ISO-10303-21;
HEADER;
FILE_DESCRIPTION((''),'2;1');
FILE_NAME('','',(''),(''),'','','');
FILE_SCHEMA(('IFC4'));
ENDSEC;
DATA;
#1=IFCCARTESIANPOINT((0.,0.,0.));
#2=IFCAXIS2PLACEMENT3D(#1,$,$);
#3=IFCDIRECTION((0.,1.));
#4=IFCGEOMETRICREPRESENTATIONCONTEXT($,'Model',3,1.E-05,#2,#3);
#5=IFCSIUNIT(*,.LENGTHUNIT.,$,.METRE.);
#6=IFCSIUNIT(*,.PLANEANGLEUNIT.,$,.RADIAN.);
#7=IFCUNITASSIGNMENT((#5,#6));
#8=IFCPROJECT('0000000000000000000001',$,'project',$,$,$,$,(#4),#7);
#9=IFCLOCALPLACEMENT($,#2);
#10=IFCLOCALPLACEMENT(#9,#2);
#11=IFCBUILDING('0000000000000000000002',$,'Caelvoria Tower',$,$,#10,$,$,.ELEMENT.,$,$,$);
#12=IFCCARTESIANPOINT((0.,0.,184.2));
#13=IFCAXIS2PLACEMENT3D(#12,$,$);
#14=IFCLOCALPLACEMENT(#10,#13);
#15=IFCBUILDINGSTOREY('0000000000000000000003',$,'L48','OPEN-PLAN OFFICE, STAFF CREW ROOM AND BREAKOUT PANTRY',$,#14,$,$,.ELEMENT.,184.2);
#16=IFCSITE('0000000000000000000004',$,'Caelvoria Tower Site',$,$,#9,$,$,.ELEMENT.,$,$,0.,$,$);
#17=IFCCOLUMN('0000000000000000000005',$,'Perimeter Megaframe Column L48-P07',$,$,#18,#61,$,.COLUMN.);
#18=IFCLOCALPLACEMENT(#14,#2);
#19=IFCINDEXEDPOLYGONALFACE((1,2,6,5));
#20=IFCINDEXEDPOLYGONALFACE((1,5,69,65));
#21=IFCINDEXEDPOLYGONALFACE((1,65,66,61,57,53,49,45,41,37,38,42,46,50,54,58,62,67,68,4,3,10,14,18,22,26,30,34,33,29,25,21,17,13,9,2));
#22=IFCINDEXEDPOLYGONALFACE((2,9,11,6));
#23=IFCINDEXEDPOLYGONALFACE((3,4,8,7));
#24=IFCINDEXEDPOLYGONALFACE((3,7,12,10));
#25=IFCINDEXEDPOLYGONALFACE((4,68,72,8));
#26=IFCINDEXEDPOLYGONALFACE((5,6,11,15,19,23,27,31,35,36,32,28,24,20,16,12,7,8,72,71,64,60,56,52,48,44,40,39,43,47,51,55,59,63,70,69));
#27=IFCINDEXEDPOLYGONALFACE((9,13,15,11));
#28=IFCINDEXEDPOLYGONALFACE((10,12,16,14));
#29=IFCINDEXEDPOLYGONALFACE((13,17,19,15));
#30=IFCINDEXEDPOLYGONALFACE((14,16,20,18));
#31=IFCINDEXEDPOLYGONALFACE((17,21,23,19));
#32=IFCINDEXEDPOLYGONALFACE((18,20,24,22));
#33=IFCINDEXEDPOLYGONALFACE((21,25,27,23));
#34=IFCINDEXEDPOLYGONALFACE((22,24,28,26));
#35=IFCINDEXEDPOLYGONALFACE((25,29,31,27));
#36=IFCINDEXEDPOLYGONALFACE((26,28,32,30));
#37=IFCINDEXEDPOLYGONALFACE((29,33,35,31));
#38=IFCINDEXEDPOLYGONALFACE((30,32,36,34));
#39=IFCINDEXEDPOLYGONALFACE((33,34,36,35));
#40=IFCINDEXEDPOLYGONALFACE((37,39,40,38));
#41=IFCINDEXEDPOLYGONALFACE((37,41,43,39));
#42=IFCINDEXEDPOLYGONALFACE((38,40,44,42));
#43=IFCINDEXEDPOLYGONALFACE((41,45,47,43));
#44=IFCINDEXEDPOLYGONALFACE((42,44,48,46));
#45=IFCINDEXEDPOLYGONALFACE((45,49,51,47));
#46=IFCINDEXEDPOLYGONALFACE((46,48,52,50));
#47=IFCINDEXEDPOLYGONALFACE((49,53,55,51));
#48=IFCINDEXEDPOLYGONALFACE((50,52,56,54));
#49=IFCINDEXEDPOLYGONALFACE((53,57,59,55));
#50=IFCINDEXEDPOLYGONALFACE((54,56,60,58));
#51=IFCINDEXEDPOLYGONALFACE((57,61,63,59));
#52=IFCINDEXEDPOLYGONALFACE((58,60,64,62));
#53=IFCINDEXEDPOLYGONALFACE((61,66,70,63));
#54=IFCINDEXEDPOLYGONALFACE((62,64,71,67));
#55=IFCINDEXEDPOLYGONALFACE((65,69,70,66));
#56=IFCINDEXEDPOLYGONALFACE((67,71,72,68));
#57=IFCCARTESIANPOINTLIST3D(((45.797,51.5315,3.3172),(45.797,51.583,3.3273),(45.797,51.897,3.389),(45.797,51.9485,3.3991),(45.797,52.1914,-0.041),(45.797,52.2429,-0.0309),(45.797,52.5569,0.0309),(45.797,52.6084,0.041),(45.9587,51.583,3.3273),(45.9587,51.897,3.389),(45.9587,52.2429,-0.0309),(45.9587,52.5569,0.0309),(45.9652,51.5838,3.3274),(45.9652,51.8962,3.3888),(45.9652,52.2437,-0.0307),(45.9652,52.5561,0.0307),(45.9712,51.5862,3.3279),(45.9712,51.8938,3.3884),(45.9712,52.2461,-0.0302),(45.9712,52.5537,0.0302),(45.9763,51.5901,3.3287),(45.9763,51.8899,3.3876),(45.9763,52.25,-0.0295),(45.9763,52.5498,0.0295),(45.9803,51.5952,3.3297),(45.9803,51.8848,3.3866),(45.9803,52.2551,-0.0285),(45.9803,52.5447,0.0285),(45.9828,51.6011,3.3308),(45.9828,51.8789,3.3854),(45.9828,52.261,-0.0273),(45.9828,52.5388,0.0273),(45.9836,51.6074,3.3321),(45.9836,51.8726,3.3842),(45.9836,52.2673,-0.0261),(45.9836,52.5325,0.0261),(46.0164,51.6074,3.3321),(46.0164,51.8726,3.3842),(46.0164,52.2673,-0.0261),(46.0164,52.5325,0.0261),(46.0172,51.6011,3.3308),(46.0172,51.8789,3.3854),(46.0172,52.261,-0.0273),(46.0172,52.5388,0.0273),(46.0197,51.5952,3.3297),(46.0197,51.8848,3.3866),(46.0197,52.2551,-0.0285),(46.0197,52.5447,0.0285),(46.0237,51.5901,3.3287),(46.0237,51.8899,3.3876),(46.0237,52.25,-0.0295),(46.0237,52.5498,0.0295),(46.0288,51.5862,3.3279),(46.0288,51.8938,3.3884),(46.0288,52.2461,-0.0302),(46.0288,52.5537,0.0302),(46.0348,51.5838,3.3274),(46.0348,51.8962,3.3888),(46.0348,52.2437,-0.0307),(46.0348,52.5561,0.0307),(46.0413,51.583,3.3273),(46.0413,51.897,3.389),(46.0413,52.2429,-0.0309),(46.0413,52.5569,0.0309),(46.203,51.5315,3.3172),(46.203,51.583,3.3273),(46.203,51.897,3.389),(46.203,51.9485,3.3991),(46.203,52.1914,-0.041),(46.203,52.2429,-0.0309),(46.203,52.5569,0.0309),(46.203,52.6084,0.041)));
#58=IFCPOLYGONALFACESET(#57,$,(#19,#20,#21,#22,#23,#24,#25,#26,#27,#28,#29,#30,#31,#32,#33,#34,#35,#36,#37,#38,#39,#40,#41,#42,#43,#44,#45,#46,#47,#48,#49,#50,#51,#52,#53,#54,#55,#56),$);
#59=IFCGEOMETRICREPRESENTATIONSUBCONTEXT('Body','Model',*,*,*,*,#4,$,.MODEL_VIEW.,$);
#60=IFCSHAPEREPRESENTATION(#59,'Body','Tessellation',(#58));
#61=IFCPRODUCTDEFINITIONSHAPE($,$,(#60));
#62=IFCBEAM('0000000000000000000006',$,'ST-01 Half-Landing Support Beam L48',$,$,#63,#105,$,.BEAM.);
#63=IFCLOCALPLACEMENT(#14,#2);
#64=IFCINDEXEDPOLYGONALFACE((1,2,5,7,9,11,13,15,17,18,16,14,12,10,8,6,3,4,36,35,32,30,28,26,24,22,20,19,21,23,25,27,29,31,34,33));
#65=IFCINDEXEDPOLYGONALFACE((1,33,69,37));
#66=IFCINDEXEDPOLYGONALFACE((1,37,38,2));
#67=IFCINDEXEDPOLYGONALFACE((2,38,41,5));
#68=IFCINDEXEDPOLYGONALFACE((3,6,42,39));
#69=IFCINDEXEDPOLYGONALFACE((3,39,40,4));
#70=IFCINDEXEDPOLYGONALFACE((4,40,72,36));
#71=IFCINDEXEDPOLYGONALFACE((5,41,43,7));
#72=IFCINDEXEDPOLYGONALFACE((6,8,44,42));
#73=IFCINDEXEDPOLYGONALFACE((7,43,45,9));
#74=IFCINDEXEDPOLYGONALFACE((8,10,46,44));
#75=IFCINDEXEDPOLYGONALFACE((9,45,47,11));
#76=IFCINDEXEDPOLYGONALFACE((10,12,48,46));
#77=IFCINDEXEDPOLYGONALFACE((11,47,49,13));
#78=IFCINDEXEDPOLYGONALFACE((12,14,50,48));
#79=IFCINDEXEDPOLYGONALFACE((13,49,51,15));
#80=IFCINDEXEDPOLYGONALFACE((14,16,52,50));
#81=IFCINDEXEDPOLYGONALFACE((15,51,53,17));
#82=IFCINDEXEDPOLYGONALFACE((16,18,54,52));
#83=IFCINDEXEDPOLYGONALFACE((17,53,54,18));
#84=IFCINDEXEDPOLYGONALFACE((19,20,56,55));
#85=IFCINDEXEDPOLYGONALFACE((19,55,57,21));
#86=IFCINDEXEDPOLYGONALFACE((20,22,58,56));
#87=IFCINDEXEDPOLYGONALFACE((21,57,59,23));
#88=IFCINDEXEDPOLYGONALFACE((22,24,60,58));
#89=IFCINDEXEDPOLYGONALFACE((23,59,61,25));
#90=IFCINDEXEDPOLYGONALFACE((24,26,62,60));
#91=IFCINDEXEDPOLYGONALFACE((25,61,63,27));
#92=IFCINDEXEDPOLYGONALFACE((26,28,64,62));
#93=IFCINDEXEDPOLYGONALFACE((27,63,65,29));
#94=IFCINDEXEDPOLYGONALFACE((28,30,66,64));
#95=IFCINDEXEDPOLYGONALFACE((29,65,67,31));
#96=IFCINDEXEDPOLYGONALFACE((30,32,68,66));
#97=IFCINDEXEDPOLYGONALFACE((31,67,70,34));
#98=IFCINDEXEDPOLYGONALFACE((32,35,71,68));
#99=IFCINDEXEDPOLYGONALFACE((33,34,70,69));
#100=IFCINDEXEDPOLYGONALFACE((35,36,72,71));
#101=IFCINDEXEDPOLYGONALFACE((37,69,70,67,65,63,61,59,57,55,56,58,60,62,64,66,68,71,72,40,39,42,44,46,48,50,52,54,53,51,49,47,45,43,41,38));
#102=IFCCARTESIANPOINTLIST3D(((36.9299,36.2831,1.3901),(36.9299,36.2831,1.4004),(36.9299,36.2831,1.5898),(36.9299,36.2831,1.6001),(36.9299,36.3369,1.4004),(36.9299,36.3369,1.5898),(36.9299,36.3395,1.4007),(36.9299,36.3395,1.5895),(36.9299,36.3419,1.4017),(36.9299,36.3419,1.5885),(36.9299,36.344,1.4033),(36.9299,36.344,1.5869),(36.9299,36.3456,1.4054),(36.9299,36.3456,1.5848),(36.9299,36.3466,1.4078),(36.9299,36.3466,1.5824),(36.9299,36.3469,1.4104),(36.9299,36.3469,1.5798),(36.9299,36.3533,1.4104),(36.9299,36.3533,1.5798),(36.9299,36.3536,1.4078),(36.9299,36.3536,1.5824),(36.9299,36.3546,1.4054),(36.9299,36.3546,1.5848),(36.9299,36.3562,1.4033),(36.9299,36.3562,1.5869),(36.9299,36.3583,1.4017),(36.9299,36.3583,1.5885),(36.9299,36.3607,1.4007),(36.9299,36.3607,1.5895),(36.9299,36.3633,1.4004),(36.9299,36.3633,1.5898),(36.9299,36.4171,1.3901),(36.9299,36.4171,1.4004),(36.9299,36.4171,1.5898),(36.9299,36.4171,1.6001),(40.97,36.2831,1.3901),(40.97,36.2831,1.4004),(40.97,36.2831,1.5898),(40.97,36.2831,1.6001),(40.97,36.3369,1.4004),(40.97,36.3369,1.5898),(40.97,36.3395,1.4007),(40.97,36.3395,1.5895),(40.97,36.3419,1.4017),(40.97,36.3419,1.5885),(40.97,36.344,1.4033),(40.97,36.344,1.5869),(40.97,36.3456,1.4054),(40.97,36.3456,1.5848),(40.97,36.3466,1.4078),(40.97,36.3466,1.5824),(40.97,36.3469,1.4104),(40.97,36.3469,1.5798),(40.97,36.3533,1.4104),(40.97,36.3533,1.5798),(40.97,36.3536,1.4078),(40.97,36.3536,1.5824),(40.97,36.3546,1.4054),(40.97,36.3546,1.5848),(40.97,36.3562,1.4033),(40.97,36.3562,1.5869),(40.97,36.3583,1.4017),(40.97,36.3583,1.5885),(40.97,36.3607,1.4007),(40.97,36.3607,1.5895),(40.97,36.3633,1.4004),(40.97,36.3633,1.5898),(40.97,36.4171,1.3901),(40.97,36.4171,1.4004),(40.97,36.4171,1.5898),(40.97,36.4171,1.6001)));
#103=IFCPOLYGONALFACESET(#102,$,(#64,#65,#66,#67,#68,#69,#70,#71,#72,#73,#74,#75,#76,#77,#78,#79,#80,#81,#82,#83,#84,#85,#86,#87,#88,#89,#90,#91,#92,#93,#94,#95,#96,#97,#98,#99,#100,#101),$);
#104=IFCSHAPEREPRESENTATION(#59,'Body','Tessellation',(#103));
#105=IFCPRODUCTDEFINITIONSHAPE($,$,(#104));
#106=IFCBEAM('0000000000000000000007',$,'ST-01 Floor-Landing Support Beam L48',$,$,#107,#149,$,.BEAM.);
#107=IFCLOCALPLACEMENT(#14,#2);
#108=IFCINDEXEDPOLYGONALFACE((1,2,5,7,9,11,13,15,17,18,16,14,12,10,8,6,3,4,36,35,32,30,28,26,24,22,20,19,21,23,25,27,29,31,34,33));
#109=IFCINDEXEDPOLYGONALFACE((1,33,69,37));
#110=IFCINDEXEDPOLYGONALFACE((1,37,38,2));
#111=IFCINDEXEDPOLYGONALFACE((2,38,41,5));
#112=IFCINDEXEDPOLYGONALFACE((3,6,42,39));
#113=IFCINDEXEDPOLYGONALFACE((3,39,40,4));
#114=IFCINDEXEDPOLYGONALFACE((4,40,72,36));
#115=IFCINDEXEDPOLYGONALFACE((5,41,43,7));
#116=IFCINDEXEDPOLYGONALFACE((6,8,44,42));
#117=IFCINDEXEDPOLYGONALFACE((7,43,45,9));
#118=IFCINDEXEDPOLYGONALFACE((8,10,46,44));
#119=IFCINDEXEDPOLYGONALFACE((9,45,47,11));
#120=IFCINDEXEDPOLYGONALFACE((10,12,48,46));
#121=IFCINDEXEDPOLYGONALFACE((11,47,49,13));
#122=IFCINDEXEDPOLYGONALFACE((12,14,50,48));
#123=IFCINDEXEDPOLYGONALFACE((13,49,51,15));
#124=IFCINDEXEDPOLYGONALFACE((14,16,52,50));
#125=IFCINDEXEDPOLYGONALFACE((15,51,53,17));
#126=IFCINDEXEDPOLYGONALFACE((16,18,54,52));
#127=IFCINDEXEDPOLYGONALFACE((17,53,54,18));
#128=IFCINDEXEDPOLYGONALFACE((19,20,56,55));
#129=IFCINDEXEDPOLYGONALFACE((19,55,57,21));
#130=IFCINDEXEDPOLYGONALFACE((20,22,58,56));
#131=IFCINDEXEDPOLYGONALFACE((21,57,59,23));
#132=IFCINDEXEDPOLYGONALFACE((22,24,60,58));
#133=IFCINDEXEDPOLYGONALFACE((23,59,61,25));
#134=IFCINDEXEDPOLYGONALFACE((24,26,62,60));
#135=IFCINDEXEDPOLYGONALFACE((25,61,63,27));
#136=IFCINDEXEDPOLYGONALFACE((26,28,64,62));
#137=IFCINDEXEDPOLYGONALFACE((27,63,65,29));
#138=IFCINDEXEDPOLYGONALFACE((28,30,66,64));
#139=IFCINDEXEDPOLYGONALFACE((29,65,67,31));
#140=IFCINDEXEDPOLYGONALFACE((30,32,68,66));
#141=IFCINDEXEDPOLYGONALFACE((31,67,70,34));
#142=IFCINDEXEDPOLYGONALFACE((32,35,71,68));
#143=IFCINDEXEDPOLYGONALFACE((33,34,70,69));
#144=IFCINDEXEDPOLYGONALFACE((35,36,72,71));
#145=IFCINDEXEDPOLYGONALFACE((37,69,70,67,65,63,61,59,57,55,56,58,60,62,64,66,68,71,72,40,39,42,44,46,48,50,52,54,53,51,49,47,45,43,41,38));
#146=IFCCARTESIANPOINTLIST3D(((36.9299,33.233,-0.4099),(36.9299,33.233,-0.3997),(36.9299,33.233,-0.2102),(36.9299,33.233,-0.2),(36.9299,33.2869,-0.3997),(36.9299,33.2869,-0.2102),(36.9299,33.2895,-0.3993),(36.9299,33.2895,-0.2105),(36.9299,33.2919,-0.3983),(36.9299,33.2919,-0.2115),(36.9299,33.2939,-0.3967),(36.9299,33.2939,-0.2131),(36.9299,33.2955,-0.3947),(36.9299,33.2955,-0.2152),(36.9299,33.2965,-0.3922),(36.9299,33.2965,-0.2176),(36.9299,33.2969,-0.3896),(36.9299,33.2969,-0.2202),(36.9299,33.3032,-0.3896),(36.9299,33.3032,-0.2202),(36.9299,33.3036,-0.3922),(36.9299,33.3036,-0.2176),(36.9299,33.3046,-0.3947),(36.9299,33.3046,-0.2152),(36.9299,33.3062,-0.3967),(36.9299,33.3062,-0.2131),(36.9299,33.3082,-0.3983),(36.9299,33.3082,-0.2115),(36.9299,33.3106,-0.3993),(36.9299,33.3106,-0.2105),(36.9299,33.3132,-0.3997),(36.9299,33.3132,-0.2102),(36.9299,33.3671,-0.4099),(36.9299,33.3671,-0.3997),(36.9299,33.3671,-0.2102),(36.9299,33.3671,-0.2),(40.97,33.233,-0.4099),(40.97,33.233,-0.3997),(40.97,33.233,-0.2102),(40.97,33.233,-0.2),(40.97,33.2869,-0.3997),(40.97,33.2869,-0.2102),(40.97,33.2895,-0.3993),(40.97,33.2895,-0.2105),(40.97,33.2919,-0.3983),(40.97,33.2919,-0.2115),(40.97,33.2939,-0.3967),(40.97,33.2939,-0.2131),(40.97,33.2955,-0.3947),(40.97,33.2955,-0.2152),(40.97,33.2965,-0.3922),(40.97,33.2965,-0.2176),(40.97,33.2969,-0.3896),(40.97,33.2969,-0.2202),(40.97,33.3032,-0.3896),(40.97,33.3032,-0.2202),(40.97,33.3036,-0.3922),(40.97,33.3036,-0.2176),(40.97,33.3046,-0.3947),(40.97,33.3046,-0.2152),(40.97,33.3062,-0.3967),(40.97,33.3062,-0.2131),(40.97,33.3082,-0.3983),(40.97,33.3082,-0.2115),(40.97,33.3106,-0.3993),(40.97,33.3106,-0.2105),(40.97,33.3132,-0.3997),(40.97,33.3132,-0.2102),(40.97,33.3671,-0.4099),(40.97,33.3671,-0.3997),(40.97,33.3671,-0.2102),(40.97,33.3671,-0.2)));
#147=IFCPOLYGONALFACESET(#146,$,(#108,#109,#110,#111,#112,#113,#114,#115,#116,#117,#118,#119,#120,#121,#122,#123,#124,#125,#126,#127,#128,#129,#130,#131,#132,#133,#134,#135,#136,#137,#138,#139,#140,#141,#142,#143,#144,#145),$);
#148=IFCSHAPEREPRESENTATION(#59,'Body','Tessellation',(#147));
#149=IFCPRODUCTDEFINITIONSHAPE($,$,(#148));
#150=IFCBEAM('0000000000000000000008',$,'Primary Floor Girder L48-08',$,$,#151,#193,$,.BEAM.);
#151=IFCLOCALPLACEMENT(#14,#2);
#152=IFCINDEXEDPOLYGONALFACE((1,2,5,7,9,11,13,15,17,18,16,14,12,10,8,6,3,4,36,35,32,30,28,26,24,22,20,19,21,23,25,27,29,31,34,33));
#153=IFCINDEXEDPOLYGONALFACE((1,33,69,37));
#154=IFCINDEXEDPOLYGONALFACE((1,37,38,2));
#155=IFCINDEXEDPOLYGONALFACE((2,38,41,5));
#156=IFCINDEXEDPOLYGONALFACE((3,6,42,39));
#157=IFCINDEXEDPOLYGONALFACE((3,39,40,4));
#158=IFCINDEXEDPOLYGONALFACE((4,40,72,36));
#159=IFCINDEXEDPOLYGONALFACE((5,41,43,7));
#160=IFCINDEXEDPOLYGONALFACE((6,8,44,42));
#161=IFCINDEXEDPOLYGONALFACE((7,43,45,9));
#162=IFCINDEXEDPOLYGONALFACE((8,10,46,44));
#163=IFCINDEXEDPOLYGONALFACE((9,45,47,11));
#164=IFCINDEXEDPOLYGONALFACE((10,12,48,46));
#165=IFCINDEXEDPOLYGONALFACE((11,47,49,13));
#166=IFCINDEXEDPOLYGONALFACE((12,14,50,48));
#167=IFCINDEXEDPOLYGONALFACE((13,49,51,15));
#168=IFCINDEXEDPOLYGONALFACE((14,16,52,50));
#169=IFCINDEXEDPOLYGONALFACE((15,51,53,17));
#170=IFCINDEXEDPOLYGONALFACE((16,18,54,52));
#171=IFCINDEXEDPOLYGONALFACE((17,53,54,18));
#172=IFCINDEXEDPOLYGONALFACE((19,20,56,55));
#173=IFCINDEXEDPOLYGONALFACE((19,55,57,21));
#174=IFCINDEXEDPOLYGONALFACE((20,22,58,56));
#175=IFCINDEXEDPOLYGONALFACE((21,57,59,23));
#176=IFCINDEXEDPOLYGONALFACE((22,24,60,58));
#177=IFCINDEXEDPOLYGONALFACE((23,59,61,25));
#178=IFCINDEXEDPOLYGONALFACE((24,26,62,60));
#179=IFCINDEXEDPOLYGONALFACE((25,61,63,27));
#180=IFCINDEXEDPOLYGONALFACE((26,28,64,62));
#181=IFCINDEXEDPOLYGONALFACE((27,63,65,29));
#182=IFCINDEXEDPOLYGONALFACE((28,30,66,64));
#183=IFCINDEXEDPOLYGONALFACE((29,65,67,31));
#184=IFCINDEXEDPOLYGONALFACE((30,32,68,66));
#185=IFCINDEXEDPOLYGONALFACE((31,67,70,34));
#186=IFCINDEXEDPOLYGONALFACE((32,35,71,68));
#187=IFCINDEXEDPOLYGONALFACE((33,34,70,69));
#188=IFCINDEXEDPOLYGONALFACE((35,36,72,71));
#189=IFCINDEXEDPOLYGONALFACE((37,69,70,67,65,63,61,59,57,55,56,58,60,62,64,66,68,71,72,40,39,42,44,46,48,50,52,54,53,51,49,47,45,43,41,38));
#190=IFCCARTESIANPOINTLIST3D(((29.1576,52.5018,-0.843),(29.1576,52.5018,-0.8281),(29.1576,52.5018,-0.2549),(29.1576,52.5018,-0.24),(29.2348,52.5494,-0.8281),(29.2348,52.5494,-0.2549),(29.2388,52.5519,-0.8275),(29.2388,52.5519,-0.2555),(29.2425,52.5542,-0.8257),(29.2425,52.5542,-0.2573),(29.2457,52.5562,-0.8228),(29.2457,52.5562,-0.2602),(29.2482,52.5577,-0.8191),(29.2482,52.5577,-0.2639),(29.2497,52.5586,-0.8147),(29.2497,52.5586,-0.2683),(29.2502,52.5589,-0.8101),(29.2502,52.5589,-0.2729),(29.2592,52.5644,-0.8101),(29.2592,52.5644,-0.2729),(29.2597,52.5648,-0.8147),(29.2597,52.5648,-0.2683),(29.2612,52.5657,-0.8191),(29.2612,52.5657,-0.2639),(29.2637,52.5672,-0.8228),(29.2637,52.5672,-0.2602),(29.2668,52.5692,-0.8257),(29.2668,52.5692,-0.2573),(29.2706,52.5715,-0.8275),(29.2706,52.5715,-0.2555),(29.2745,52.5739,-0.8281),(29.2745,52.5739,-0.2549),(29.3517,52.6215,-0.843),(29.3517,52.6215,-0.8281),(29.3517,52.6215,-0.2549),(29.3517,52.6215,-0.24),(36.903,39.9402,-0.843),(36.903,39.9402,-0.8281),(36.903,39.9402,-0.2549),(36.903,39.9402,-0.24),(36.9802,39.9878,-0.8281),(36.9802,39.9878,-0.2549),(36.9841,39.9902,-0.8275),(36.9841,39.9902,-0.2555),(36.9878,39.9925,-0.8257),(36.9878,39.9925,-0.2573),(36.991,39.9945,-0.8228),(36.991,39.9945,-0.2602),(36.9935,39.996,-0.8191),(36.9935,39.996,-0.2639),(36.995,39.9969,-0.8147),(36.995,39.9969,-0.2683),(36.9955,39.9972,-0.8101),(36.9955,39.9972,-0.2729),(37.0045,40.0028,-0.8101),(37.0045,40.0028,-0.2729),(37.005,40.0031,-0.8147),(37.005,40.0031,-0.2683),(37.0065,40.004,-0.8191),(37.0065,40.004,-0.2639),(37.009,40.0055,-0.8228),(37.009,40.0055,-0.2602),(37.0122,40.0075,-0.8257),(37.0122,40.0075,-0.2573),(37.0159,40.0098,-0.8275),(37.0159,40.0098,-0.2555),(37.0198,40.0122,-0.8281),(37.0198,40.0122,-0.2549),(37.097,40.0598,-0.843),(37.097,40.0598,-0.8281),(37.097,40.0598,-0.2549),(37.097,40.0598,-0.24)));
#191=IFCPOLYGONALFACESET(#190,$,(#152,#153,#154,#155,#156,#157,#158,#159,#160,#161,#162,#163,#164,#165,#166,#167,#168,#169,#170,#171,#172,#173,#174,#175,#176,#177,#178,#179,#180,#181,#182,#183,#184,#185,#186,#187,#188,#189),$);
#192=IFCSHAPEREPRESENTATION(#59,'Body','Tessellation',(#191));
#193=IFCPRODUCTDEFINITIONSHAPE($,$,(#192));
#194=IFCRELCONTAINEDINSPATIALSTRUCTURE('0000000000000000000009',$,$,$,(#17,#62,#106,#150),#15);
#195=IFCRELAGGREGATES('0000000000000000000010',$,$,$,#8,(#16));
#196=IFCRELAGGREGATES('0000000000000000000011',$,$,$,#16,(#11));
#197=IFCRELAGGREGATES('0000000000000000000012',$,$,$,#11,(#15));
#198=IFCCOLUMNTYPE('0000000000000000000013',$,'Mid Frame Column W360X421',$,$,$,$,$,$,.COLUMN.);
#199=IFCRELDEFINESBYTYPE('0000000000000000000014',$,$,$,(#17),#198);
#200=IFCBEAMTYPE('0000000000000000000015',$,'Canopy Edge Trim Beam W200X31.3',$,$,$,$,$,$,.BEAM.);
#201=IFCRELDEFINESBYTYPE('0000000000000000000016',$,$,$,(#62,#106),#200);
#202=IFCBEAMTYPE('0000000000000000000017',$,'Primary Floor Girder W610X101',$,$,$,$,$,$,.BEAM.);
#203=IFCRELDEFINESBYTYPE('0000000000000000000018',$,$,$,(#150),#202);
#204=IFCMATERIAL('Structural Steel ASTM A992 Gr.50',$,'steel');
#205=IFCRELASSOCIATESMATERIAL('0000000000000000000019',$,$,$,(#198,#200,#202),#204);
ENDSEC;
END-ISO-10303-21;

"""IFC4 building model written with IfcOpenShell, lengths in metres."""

from ifc_helpers import new_model, si_unit, direction, frame, origin, origin_2d, place, context, subcontext, project, spatial, i_section, extrude, material, material_profile, profile_set, type_object, element, save


model = new_model("IFC4")

# Units and contexts
model_context = context("Model", 3, precision=1e-05, world=origin(), true_north=direction((0.0, 1.0)))
body_context = subcontext(model_context, "Body", "Model", "MODEL_VIEW")
ifc_project = project(units=[si_unit("LENGTHUNIT", "METRE"), si_unit("PLANEANGLEUNIT", "RADIAN")], contexts=[model_context])

# Site, building, storey
site_placement = place(None, origin())
site = spatial("IfcSite", under=ifc_project, at=site_placement, Name="Caelvoria Tower Site", CompositionType="ELEMENT", RefElevation=0.0)
building_placement = place(site_placement, origin())
building = spatial("IfcBuilding", under=site, at=building_placement, Name="Caelvoria Tower", CompositionType="ELEMENT")
storey_placement = place(building_placement, frame((0.0, 0.0, 184.2)))
storey = spatial("IfcBuildingStorey", under=building, at=storey_placement, Name="L48", Description="OPEN-PLAN OFFICE, STAFF CREW ROOM AND BREAKOUT PANTRY", CompositionType="ELEMENT", Elevation=184.2)

# Column
ifc_material_1 = material(Name="Structural Steel ASTM A992 Gr.50", Category="steel")
ifc_material_profile_1 = material_profile(ifc_material_1, i_section(OverallWidth=0.406, OverallDepth=0.425, WebThickness=0.0327, FlangeThickness=0.0525, FilletRadius=0.0249, at=origin_2d()), Name="Structural Steel ASTM A992 Gr.50")
ifc_profile_set_1 = profile_set([ifc_material_profile_1], Name="W360X421 - Structural Steel ASTM A992 Gr.50")
column_type = type_object("IfcColumnType", Name="Mid Frame Column W360X421", PredefinedType="COLUMN", material=ifc_profile_set_1)
column_placement = place(storey_placement, frame((46.0, 52.3999, 0.0), z_axis=(0.0, -0.192823, 0.981234), x_axis=(1.0, 0.0, 0.0)))
element("IfcColumn", 1, at=column_placement, inside=storey, type_object=column_type, Name="Perimeter Megaframe Column L48-P07", PredefinedType="COLUMN", context=body_context, shape_type="SweptSolid", body=[
    extrude(i_section(OverallWidth=0.406, OverallDepth=0.425, WebThickness=0.0327, FlangeThickness=0.0525, FilletRadius=0.0249, at=origin_2d()), origin(), (0.0, 0.0, 1.0), 3.4224),
])

# Beams
ifc_material_profile_2 = material_profile(ifc_material_1, i_section(OverallWidth=0.134, OverallDepth=0.21, WebThickness=0.0063, FlangeThickness=0.0103, FilletRadius=0.01, at=origin_2d()), Name="Structural Steel ASTM A992 Gr.50")
ifc_profile_set_2 = profile_set([ifc_material_profile_2], Name="W200X31.3 - Structural Steel ASTM A992 Gr.50")
beam_type_1 = type_object("IfcBeamType", Name="Canopy Edge Trim Beam W200X31.3", PredefinedType="BEAM", material=ifc_profile_set_2)
for number, where, z_axis, x_axis, name in (
    (2, (36.9299, 36.3501, 1.4951), (1.0, 0.0, 0.0), (0.0, 1.0, 0.0), "ST-01 Half-Landing Support Beam L48"),
    (3, (36.9299, 33.3, -0.3049), (1.0, 0.0, 0.0), (0.0, 1.0, 0.0), "ST-01 Floor-Landing Support Beam L48"),
):
    element("IfcBeam", number, at=place(storey_placement, frame(where, z_axis=z_axis, x_axis=x_axis)), inside=storey, type_object=beam_type_1, Name=name, PredefinedType="BEAM", context=body_context, shape_type="SweptSolid", body=[
        extrude(i_section(OverallWidth=0.134, OverallDepth=0.21, WebThickness=0.0063, FlangeThickness=0.0103, FilletRadius=0.01, at=origin_2d()), origin(), (0.0, 0.0, 1.0), 4.04),
    ])
ifc_material_profile_3 = material_profile(ifc_material_1, i_section(OverallWidth=0.228, OverallDepth=0.603, WebThickness=0.0105, FlangeThickness=0.0149, FilletRadius=0.0181, at=origin_2d()), Name="Structural Steel ASTM A992 Gr.50")
ifc_profile_set_3 = profile_set([ifc_material_profile_3], Name="W610X101 - Structural Steel ASTM A992 Gr.50")
beam_type_2 = type_object("IfcBeamType", Name="Primary Floor Girder W610X101", PredefinedType="BEAM", material=ifc_profile_set_3)
beam_1_placement = place(storey_placement, frame((37.0, 40.0, -0.5415), z_axis=(-0.524837, 0.851203, 0.0), x_axis=(-0.851203, -0.524837, 0.0)))
element("IfcBeam", 4, at=beam_1_placement, inside=storey, type_object=beam_type_2, Name="Primary Floor Girder L48-08", PredefinedType="BEAM", context=body_context, shape_type="SweptSolid", body=[
    extrude(i_section(OverallWidth=0.228, OverallDepth=0.603, WebThickness=0.0105, FlangeThickness=0.0149, FilletRadius=0.0181, at=origin_2d()), origin(), (0.0, 0.0, 1.0), 14.7576),
])

save(model, "model.ifc")
